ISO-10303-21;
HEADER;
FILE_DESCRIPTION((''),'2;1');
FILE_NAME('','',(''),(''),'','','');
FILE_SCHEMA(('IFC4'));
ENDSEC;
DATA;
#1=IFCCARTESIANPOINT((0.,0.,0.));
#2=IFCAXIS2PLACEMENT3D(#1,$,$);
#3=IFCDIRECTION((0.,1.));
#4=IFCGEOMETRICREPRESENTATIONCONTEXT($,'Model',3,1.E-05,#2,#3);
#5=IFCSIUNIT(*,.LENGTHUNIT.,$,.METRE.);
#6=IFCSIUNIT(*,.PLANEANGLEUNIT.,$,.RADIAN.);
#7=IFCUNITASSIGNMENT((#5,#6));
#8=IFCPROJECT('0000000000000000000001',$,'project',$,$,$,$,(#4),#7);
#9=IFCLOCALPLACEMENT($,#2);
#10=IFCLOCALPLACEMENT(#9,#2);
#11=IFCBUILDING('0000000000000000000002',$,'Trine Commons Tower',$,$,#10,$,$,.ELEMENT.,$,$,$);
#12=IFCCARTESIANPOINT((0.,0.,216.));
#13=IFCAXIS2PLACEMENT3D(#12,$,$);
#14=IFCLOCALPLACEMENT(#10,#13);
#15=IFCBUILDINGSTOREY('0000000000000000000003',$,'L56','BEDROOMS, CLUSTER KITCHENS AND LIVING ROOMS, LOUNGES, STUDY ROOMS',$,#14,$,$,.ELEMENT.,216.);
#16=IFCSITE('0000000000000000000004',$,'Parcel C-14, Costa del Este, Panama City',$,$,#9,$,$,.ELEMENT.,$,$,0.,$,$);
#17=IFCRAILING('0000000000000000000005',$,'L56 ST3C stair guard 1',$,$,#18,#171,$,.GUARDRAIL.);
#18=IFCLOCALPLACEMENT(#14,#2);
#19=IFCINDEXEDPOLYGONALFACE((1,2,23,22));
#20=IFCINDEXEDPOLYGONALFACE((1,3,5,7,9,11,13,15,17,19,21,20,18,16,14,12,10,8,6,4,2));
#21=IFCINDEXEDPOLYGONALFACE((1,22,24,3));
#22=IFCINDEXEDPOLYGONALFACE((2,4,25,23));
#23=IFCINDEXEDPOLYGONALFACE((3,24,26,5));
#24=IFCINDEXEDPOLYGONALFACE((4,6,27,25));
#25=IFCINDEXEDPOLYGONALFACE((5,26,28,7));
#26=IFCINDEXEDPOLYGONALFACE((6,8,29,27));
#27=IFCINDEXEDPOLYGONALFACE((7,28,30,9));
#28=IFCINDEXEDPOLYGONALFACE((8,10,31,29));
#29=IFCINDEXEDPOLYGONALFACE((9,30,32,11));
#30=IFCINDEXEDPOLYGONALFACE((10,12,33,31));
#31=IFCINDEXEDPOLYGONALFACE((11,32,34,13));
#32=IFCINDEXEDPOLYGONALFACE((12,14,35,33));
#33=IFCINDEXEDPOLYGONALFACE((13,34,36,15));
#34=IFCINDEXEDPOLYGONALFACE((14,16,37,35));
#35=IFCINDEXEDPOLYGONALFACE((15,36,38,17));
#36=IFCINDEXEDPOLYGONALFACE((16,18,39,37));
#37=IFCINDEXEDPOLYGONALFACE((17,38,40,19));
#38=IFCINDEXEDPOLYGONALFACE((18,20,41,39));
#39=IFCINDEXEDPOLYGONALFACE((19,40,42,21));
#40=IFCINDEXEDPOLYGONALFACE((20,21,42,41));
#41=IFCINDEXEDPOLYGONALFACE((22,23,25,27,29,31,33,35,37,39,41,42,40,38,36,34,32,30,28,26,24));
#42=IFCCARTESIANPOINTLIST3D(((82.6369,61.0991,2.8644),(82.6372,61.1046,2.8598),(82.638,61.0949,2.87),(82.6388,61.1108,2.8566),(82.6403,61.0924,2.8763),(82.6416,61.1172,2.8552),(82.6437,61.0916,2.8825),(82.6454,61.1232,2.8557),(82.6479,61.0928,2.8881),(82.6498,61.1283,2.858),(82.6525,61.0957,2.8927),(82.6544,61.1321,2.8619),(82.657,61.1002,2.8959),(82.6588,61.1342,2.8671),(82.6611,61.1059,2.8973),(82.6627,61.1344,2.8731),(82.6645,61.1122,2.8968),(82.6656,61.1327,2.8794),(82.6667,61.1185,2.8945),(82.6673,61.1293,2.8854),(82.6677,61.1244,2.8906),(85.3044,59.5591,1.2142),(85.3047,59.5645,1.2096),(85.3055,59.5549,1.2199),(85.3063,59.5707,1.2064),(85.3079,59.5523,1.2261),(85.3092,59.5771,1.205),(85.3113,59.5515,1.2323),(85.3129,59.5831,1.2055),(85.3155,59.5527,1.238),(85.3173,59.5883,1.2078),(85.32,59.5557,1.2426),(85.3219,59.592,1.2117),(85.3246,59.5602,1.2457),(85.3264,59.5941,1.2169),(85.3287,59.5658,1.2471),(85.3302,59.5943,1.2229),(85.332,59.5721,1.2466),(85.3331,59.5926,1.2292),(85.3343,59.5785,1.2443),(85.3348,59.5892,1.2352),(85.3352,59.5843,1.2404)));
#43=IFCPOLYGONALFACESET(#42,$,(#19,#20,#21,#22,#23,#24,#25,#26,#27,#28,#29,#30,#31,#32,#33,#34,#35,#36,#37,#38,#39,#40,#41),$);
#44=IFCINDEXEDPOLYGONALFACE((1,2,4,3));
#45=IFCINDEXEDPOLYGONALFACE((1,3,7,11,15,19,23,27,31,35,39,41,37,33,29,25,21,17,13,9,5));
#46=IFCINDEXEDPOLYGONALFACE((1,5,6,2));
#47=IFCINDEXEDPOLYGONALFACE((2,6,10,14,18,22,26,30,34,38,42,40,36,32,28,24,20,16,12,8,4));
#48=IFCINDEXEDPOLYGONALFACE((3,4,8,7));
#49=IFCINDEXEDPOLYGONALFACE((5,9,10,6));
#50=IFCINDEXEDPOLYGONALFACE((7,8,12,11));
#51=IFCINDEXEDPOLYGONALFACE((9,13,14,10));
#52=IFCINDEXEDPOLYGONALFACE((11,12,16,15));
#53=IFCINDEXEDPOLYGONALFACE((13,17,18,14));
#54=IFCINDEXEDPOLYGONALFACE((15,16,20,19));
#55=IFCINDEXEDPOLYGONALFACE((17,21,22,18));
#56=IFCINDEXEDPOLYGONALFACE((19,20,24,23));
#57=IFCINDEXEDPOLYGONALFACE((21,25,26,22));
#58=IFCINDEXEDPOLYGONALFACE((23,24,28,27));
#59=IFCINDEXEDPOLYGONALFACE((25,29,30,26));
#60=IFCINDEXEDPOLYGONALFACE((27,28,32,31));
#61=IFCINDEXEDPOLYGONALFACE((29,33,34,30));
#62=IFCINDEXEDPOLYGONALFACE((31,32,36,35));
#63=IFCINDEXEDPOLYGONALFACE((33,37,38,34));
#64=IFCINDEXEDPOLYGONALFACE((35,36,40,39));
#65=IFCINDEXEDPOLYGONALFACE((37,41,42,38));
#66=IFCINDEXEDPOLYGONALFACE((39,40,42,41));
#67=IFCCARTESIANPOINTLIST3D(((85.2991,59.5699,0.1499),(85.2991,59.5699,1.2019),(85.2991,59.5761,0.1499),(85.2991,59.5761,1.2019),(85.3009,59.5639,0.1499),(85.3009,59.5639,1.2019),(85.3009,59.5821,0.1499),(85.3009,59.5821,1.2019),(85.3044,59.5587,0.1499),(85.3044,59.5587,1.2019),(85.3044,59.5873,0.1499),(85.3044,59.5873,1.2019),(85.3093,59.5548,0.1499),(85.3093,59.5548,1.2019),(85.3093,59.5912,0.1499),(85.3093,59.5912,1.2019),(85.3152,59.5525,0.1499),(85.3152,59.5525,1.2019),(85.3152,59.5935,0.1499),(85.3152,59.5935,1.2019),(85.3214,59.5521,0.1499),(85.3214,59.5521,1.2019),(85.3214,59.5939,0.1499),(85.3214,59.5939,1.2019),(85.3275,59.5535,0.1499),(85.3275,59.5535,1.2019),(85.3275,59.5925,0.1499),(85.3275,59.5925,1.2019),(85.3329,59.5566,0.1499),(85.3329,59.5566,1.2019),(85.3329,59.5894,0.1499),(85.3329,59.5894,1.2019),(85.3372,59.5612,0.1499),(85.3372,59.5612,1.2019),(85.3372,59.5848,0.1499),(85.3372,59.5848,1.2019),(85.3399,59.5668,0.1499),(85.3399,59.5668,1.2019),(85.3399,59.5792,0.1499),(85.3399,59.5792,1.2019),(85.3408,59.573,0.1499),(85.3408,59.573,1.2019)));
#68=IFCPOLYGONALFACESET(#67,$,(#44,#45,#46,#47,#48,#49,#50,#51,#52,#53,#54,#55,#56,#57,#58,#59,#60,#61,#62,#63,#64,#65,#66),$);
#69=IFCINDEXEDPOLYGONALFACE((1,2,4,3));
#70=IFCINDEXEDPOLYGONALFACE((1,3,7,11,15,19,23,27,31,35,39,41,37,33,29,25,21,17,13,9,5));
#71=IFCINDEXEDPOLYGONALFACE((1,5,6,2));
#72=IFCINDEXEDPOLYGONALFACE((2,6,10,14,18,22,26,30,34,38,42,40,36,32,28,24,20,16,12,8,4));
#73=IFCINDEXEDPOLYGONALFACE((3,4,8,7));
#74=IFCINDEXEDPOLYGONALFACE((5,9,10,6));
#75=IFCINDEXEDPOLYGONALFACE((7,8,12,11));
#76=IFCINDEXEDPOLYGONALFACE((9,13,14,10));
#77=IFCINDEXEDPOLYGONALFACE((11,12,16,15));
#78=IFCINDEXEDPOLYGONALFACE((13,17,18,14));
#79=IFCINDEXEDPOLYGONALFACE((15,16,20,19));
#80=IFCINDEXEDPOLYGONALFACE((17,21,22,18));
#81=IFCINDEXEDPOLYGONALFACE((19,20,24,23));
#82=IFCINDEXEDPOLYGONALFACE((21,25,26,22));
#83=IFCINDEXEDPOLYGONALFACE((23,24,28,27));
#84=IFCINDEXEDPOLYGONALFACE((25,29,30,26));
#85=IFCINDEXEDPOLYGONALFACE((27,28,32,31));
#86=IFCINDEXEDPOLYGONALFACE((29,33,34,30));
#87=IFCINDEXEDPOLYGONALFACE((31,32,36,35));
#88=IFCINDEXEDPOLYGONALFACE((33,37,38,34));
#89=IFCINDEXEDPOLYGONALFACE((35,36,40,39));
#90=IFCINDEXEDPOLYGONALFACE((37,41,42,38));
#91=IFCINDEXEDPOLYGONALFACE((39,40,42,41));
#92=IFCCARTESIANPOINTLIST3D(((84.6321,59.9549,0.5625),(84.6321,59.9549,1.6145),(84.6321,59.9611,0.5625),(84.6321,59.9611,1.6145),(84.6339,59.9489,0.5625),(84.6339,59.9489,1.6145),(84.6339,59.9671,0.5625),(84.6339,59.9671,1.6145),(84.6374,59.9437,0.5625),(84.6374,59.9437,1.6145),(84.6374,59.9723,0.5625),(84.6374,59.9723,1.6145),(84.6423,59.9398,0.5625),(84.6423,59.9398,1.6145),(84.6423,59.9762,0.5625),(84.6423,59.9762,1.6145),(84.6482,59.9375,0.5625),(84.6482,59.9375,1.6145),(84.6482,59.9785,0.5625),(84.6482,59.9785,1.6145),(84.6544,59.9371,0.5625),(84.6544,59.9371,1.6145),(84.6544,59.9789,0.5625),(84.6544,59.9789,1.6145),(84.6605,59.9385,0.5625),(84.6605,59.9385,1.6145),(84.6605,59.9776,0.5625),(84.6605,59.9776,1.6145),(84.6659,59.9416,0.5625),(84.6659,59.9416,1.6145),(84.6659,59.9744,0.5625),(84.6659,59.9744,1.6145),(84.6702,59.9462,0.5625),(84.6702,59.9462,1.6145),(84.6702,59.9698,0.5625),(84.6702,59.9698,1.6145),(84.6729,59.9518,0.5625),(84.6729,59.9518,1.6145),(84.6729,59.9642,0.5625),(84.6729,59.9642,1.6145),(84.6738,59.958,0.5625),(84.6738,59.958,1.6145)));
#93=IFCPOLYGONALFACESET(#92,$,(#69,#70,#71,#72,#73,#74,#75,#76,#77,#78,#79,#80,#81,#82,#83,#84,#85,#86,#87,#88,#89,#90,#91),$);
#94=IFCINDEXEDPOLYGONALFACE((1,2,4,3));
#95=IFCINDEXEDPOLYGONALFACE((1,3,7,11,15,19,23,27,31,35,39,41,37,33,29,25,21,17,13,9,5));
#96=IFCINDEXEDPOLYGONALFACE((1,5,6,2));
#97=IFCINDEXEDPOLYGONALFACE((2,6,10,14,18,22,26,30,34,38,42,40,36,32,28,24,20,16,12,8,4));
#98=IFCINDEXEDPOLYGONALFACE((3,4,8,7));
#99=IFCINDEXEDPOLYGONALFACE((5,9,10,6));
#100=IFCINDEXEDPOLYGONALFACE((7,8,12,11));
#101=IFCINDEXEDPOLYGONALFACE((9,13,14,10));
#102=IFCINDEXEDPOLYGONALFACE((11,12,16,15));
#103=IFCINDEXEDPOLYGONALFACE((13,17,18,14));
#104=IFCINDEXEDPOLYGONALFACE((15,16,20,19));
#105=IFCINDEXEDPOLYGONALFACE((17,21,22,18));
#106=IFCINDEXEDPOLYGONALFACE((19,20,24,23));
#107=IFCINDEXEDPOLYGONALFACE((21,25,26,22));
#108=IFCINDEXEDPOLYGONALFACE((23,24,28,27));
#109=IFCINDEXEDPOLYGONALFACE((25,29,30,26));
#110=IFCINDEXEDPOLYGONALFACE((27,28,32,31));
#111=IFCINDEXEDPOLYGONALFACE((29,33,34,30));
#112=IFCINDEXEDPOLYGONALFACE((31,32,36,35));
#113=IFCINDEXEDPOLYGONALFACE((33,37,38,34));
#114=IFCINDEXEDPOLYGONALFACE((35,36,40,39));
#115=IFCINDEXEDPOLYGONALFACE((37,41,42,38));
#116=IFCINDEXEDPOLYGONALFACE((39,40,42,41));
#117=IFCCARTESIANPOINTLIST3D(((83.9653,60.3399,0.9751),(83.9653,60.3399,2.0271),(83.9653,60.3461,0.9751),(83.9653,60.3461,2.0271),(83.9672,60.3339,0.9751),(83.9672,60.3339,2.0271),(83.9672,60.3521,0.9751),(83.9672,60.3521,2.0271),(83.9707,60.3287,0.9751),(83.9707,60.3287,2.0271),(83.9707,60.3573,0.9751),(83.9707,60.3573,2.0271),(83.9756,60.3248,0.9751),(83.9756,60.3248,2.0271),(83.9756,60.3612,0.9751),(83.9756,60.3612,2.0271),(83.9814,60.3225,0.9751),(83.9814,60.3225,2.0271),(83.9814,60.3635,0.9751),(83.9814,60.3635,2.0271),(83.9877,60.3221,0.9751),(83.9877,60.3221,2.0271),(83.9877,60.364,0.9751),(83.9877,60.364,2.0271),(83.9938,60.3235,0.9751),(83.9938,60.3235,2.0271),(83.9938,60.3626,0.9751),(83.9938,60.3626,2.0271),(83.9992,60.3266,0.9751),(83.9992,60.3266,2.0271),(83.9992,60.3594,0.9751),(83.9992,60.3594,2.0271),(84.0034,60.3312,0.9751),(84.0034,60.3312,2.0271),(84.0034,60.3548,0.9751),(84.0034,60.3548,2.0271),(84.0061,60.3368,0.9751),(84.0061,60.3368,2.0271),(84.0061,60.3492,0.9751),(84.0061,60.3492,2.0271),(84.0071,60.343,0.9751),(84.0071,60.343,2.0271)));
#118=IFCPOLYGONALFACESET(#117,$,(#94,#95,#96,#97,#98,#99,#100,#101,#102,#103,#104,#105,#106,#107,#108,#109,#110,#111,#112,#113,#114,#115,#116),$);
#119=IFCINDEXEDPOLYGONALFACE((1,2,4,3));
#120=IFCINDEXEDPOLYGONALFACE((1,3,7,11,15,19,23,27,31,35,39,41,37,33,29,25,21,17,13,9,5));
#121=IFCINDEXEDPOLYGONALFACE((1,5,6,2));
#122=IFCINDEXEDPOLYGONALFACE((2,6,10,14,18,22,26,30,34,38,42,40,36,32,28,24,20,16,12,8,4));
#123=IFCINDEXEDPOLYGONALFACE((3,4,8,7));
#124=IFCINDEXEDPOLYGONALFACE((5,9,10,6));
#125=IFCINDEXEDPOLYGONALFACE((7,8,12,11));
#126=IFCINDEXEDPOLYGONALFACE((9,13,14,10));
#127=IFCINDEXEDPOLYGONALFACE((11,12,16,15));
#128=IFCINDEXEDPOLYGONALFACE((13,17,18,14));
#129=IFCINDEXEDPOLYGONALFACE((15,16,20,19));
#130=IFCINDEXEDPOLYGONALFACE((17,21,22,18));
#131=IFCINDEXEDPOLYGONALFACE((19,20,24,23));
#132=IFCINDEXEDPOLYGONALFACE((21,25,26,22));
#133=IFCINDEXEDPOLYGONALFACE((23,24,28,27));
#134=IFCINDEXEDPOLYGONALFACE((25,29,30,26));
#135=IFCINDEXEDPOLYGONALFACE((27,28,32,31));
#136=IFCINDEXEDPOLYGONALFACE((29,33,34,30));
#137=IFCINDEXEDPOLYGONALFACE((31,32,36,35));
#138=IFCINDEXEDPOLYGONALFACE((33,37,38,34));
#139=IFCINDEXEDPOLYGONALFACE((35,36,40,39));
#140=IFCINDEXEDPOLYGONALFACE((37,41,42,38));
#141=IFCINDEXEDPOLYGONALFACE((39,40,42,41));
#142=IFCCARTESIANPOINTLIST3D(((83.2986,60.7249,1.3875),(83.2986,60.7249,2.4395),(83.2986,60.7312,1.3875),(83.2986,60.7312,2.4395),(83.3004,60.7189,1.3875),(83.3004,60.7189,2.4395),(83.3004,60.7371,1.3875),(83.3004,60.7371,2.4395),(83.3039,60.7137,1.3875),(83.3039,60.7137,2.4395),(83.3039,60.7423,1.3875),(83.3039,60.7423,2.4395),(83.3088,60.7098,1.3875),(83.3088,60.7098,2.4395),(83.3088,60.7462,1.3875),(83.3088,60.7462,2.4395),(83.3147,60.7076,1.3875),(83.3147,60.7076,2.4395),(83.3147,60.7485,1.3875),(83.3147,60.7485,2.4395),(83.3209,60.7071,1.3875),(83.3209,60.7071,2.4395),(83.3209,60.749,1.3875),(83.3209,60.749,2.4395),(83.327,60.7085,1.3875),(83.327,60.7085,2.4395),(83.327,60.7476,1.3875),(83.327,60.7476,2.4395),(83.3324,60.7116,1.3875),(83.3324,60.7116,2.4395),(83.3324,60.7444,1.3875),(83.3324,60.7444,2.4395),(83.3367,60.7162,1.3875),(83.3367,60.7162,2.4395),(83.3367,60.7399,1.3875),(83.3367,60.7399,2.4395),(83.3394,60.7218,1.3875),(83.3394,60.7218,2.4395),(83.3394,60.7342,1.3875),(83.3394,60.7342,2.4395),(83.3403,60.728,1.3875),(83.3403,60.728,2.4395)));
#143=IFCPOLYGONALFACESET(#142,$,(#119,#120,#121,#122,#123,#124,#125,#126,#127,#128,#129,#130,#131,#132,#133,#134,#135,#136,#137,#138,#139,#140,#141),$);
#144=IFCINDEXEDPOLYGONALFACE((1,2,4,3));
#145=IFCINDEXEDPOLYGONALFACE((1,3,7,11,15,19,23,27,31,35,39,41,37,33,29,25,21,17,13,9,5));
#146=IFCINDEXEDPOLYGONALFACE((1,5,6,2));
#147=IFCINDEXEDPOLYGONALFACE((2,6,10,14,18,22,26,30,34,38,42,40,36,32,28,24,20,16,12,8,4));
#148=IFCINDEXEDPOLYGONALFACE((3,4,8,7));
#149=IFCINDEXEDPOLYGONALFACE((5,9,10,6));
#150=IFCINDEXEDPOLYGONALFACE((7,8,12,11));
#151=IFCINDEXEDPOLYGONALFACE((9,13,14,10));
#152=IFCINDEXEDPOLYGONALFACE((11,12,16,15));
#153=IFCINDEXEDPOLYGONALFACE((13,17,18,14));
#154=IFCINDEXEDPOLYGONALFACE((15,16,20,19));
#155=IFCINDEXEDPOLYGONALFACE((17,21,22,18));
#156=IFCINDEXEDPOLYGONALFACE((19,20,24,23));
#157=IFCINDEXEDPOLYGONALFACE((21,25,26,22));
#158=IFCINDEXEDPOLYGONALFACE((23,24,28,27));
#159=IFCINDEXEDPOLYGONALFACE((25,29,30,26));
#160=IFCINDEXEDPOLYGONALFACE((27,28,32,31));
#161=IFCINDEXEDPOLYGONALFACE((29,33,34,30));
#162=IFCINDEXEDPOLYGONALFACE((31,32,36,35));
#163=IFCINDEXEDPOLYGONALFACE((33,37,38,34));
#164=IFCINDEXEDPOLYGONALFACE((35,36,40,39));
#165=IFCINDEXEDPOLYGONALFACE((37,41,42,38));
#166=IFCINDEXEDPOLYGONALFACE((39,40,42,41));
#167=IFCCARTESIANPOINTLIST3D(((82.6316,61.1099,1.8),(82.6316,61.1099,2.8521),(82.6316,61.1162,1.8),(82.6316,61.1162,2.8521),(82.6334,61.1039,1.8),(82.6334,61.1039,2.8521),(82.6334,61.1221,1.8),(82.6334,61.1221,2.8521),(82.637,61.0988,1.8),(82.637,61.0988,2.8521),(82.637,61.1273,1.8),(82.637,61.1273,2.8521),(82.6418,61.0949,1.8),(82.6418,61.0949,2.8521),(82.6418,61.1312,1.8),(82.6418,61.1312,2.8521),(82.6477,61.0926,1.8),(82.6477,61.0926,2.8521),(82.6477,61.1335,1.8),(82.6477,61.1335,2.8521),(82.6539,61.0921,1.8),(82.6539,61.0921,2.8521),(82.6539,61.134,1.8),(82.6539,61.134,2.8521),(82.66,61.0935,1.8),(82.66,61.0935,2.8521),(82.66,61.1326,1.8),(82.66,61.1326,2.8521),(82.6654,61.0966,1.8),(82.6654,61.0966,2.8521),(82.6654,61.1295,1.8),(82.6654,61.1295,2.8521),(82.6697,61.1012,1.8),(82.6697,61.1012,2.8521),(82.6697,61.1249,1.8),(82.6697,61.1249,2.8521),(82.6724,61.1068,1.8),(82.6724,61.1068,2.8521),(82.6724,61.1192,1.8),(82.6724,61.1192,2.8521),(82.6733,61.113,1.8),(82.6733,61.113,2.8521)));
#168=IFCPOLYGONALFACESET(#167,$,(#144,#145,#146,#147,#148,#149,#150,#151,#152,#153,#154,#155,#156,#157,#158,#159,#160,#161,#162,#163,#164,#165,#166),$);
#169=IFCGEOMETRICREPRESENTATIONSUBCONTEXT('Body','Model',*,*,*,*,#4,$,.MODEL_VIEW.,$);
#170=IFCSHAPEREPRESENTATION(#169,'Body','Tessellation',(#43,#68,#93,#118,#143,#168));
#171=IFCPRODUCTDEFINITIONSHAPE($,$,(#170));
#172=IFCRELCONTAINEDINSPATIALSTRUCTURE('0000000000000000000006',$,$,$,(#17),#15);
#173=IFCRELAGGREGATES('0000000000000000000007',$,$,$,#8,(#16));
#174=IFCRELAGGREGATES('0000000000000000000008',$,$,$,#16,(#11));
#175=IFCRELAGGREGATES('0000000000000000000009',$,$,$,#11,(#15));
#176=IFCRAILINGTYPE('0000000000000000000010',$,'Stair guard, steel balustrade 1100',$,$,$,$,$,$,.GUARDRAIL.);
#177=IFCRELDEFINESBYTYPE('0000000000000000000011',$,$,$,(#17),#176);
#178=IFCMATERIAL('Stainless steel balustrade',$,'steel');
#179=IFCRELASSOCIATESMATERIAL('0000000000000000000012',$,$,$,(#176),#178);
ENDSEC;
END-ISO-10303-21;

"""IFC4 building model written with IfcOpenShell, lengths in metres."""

from ifc_helpers import new_model, si_unit, direction, frame, origin, origin_2d, place, context, subcontext, project, spatial, circle, extrude, material, type_object, element, save


model = new_model("IFC4")

# Units and contexts
model_context = context("Model", 3, precision=1e-05, world=origin(), true_north=direction((0.0, 1.0)))
body_context = subcontext(model_context, "Body", "Model", "MODEL_VIEW")
ifc_project = project(units=[si_unit("LENGTHUNIT", "METRE"), si_unit("PLANEANGLEUNIT", "RADIAN")], contexts=[model_context])

# Site, building, storey
site_placement = place(None, origin())
site = spatial("IfcSite", under=ifc_project, at=site_placement, Name="Parcel C-14, Costa del Este, Panama City", CompositionType="ELEMENT", RefElevation=0.0)
building_placement = place(site_placement, origin())
building = spatial("IfcBuilding", under=site, at=building_placement, Name="Trine Commons Tower", CompositionType="ELEMENT")
storey_placement = place(building_placement, frame((0.0, 0.0, 216.0)))
storey = spatial("IfcBuildingStorey", under=building, at=storey_placement, Name="L56", Description="BEDROOMS, CLUSTER KITCHENS AND LIVING ROOMS, LOUNGES, STUDY ROOMS", CompositionType="ELEMENT", Elevation=216.0)

# Railing
ifc_material_1 = material(Name="Stainless steel balustrade", Category="steel")
railing_type_1 = type_object("IfcRailingType", Name="Stair guard, steel balustrade 1100", PredefinedType="GUARDRAIL", material=ifc_material_1)
railing_1_placement = place(storey_placement, frame((85.3198, 59.573, 0.1499)))
element("IfcRailing", 1, at=railing_1_placement, inside=storey, type_object=railing_type_1, Name="L56 ST3C stair guard 1", PredefinedType="GUARDRAIL", context=body_context, shape_type="SweptSolid", body=[
    extrude(circle(Radius=0.0239, at=origin_2d()), frame((0.0, 0.0, 1.0762), z_axis=(-0.76338, 0.440728, 0.472239), x_axis=(-0.499992, -0.86603, 0.0)), (0.0, 0.0, 1.0), 3.4944),
    extrude(circle(Radius=0.021, at=origin_2d()), origin(), (0.0, 0.0, 1.0), 1.052),
    extrude(circle(Radius=0.021, at=origin_2d()), frame((-0.667, 0.385, 0.4126)), (0.0, 0.0, 1.0), 1.052),
    extrude(circle(Radius=0.021, at=origin_2d()), frame((-1.3337, 0.77, 0.8252)), (0.0, 0.0, 1.0), 1.052),
    extrude(circle(Radius=0.021, at=origin_2d()), frame((-2.0005, 1.155, 1.2375)), (0.0, 0.0, 1.0), 1.052),
    extrude(circle(Radius=0.021, at=origin_2d()), frame((-2.6675, 1.54, 1.6501)), (0.0, 0.0, 1.0), 1.052),
])

save(model, "model.ifc")
